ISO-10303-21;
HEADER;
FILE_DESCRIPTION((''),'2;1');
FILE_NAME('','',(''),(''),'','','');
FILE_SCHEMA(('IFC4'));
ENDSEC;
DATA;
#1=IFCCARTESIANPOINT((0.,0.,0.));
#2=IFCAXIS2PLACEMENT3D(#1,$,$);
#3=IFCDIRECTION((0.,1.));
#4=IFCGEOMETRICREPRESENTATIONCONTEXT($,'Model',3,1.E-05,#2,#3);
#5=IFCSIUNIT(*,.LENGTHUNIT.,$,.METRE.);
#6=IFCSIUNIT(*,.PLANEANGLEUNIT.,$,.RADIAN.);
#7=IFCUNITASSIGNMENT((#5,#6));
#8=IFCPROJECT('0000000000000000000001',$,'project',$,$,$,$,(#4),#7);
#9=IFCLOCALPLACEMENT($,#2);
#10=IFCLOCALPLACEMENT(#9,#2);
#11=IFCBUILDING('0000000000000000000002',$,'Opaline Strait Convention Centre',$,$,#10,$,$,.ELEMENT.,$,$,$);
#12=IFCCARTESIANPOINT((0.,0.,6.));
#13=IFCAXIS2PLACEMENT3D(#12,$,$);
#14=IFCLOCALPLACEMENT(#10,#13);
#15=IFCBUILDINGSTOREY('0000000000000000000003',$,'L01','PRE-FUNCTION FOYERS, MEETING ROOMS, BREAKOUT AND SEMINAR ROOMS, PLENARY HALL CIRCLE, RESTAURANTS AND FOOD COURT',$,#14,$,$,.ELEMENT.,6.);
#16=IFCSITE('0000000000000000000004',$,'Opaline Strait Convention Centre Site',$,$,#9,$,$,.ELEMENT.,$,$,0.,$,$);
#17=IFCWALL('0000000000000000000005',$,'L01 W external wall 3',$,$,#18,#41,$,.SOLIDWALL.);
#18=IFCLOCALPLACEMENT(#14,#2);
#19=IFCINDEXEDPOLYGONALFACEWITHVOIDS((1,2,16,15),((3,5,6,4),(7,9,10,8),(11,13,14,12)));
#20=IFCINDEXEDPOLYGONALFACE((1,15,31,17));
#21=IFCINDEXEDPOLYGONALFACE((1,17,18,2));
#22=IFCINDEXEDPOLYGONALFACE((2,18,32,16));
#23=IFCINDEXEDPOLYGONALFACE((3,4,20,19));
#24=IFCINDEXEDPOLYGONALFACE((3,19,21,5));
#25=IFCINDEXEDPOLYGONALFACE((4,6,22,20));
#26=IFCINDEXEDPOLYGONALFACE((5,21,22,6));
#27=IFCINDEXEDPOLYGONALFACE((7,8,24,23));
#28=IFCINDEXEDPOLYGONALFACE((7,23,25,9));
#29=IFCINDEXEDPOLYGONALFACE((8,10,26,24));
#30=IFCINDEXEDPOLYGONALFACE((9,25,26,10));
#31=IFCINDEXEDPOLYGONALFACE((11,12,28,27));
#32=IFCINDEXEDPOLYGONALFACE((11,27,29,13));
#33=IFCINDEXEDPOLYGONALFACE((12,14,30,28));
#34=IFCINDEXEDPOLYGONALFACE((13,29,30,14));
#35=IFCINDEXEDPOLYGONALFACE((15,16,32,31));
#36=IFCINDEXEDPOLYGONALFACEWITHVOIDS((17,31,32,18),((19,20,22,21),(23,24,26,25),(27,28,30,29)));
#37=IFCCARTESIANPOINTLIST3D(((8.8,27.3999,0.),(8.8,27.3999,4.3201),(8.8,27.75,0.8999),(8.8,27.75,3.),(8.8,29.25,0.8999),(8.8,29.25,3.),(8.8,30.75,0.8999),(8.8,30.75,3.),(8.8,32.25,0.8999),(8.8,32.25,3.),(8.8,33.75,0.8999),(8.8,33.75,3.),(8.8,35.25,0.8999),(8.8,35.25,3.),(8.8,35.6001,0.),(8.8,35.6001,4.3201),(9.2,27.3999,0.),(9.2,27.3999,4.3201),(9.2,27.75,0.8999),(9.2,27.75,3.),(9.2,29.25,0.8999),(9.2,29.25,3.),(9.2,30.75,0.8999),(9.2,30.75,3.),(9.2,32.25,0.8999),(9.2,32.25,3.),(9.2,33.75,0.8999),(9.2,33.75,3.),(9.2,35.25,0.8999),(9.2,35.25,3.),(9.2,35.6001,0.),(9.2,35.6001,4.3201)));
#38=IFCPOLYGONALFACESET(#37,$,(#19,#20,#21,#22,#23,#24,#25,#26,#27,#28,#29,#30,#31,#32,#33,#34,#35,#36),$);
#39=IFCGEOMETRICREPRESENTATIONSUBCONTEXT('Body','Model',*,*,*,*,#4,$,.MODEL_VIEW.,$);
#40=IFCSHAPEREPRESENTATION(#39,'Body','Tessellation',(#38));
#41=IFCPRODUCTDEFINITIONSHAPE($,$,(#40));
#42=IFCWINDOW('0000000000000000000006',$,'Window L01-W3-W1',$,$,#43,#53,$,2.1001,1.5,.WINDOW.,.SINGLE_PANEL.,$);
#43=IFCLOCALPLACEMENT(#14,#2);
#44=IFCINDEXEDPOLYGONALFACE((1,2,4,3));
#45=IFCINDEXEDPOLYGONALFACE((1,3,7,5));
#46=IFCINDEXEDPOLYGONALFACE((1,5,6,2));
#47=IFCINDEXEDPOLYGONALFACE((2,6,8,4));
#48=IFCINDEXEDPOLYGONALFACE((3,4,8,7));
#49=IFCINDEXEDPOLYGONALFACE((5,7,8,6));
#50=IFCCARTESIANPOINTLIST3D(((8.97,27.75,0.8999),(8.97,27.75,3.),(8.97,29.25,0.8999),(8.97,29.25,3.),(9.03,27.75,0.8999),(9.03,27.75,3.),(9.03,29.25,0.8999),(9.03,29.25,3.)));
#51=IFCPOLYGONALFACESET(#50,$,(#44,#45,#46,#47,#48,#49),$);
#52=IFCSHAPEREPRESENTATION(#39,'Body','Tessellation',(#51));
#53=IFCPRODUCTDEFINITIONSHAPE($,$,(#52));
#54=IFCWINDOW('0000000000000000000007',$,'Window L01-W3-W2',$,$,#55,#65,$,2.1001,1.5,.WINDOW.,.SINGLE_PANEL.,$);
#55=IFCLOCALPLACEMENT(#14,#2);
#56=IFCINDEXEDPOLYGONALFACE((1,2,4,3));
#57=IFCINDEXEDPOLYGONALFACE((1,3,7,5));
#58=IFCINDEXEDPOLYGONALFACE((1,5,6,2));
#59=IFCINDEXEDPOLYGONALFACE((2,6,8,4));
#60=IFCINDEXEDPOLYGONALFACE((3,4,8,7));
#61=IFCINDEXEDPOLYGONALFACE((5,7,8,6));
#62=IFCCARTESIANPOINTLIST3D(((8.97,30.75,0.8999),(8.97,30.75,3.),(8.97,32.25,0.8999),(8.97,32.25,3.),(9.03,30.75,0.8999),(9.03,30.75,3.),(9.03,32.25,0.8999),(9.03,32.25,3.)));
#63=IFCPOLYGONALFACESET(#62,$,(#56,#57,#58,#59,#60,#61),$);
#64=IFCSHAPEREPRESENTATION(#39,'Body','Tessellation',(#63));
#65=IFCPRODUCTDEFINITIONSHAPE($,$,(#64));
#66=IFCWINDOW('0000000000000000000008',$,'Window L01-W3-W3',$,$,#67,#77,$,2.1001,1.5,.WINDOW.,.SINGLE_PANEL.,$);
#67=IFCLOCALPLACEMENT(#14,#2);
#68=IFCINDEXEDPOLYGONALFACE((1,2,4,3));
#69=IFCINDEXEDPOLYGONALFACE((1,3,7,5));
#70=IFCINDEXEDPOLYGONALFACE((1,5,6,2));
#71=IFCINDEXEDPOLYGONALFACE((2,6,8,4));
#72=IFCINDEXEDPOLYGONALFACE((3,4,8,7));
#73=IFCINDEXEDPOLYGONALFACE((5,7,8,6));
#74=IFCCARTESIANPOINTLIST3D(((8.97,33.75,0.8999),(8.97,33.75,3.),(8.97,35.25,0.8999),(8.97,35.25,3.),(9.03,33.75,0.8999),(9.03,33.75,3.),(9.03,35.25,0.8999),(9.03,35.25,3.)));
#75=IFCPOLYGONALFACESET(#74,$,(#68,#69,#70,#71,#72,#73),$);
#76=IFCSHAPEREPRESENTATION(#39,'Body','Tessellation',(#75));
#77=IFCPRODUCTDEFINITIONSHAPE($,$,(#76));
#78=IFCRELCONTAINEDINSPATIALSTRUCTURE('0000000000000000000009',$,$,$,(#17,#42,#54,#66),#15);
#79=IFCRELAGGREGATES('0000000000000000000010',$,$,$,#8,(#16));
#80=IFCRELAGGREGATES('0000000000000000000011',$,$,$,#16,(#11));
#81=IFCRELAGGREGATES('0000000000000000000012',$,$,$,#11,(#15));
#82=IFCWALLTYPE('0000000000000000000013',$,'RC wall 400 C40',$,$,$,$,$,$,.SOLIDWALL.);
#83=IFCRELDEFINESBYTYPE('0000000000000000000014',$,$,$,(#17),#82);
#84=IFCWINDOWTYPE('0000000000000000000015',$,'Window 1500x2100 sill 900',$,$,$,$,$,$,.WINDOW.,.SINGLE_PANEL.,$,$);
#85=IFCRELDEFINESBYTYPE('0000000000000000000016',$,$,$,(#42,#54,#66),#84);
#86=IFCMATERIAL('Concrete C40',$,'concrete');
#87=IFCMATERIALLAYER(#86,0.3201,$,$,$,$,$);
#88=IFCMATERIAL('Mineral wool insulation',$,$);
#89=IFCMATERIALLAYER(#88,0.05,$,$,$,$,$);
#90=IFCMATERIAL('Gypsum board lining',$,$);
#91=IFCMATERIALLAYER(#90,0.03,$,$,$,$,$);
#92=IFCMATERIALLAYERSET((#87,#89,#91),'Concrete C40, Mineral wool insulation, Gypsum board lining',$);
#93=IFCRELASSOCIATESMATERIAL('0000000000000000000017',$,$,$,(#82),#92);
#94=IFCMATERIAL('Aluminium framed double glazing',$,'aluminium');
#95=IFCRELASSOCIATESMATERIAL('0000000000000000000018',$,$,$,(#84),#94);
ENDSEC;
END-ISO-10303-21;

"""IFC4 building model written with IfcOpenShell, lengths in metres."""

from ifc_helpers import new_model, si_unit, direction, frame, frame_2d, origin, place, context, subcontext, project, spatial, rectangle, extrude, material, layer, layer_set, type_object, element, fill, save


model = new_model("IFC4")

# Units and contexts
model_context = context("Model", 3, precision=1e-05, world=origin(), true_north=direction((0.0, 1.0)))
body_context = subcontext(model_context, "Body", "Model", "MODEL_VIEW")
ifc_project = project(units=[si_unit("LENGTHUNIT", "METRE"), si_unit("PLANEANGLEUNIT", "RADIAN")], contexts=[model_context])

# Site, building, storey
site_placement = place(None, origin())
site = spatial("IfcSite", under=ifc_project, at=site_placement, Name="Opaline Strait Convention Centre Site", CompositionType="ELEMENT", RefElevation=0.0)
building_placement = place(site_placement, origin())
building = spatial("IfcBuilding", under=site, at=building_placement, Name="Opaline Strait Convention Centre", CompositionType="ELEMENT")
storey_placement = place(building_placement, frame((0.0, 0.0, 6.0)))
storey = spatial("IfcBuildingStorey", under=building, at=storey_placement, Name="L01", Description="PRE-FUNCTION FOYERS, MEETING ROOMS, BREAKOUT AND SEMINAR ROOMS, PLENARY HALL CIRCLE, RESTAURANTS AND FOOD COURT", CompositionType="ELEMENT", Elevation=6.0)

# Shared definitions
ifc_material_1 = material(Name="Concrete C40", Category="concrete")

# Wall, openings, windows
ifc_layer_1 = layer(ifc_material_1, 0.3201)
ifc_material_2 = material(Name="Mineral wool insulation")
ifc_layer_2 = layer(ifc_material_2, 0.05)
ifc_material_3 = material(Name="Gypsum board lining")
ifc_layer_3 = layer(ifc_material_3, 0.03)
ifc_layer_set_1 = layer_set([ifc_layer_1, ifc_layer_2, ifc_layer_3], Name="Concrete C40, Mineral wool insulation, Gypsum board lining")
wall_type_1 = type_object("IfcWallType", Name="RC wall 400 C40", PredefinedType="SOLIDWALL", material=ifc_layer_set_1)
wall_placement = place(storey_placement, frame((9.0, 27.3999, 0.0), z_axis=(0.0, 0.0, 1.0), x_axis=(0.0, 1.0, 0.0)))
wall = element("IfcWall", 1, at=wall_placement, inside=storey, type_object=wall_type_1, Name="L01 W external wall 3", PredefinedType="SOLIDWALL", context=body_context, shape_type="SweptSolid", body=[
    extrude(rectangle(XDim=8.2002, YDim=0.3999, at=frame_2d((4.1001, 0.0))), origin(), (0.0, 0.0, 1.0), 4.3201),
])
opening_1_placement = place(wall_placement, frame((0.3501, 0.0, 0.8999)))
opening_1 = element("IfcOpeningElement", 2, at=opening_1_placement, cuts=wall, PredefinedType="OPENING", context=body_context, shape_type="SweptSolid", body=[
    extrude(rectangle(XDim=1.5, YDim=2.1001, at=frame_2d((0.75, 1.05))), frame((0.0, 0.21, 0.0), z_axis=(0.0, -1.0, 0.0), x_axis=(1.0, 0.0, 0.0)), (0.0, 0.0, 1.0), 0.4199),
])
opening_2_placement = place(wall_placement, frame((3.3501, 0.0, 0.8999)))
opening_2 = element("IfcOpeningElement", 3, at=opening_2_placement, cuts=wall, PredefinedType="OPENING", context=body_context, shape_type="SweptSolid", body=[
    extrude(rectangle(XDim=1.5, YDim=2.1001, at=frame_2d((0.75, 1.05))), frame((0.0, 0.21, 0.0), z_axis=(0.0, -1.0, 0.0), x_axis=(1.0, 0.0, 0.0)), (0.0, 0.0, 1.0), 0.4199),
])
opening_3_placement = place(wall_placement, frame((6.3501, 0.0, 0.8999)))
opening_3 = element("IfcOpeningElement", 4, at=opening_3_placement, cuts=wall, PredefinedType="OPENING", context=body_context, shape_type="SweptSolid", body=[
    extrude(rectangle(XDim=1.5, YDim=2.1001, at=frame_2d((0.75, 1.05))), frame((0.0, 0.21, 0.0), z_axis=(0.0, -1.0, 0.0), x_axis=(1.0, 0.0, 0.0)), (0.0, 0.0, 1.0), 0.4199),
])
ifc_material_4 = material(Name="Aluminium framed double glazing", Category="aluminium")
window_type = type_object("IfcWindowType", Name="Window 1500x2100 sill 900", PartitioningType="SINGLE_PANEL", PredefinedType="WINDOW", material=ifc_material_4)
window_1_placement = place(opening_1_placement, origin())
window_1 = element("IfcWindow", 5, at=window_1_placement, inside=storey, type_object=window_type, Name="Window L01-W3-W1", OverallHeight=2.1001, OverallWidth=1.5, PartitioningType="SINGLE_PANEL", PredefinedType="WINDOW", context=body_context, shape_type="SweptSolid", body=[
    extrude(rectangle(XDim=1.5, YDim=2.1001, at=frame_2d((0.75, 1.05))), frame((0.0, 0.03, 0.0), z_axis=(0.0, -1.0, 0.0), x_axis=(1.0, 0.0, 0.0)), (0.0, 0.0, 1.0), 0.0601),
])
fill(opening_1, window_1)
window_2_placement = place(opening_2_placement, origin())
window_2 = element("IfcWindow", 6, at=window_2_placement, inside=storey, type_object=window_type, Name="Window L01-W3-W2", OverallHeight=2.1001, OverallWidth=1.5, PartitioningType="SINGLE_PANEL", PredefinedType="WINDOW", context=body_context, shape_type="SweptSolid", body=[
    extrude(rectangle(XDim=1.5, YDim=2.1001, at=frame_2d((0.75, 1.05))), frame((0.0, 0.03, 0.0), z_axis=(0.0, -1.0, 0.0), x_axis=(1.0, 0.0, 0.0)), (0.0, 0.0, 1.0), 0.0601),
])
fill(opening_2, window_2)
window_3_placement = place(opening_3_placement, origin())
window_3 = element("IfcWindow", 7, at=window_3_placement, inside=storey, type_object=window_type, Name="Window L01-W3-W3", OverallHeight=2.1001, OverallWidth=1.5, PartitioningType="SINGLE_PANEL", PredefinedType="WINDOW", context=body_context, shape_type="SweptSolid", body=[
    extrude(rectangle(XDim=1.5, YDim=2.1001, at=frame_2d((0.75, 1.05))), frame((0.0, 0.03, 0.0), z_axis=(0.0, -1.0, 0.0), x_axis=(1.0, 0.0, 0.0)), (0.0, 0.0, 1.0), 0.0601),
])
fill(opening_3, window_3)

save(model, "model.ifc")
